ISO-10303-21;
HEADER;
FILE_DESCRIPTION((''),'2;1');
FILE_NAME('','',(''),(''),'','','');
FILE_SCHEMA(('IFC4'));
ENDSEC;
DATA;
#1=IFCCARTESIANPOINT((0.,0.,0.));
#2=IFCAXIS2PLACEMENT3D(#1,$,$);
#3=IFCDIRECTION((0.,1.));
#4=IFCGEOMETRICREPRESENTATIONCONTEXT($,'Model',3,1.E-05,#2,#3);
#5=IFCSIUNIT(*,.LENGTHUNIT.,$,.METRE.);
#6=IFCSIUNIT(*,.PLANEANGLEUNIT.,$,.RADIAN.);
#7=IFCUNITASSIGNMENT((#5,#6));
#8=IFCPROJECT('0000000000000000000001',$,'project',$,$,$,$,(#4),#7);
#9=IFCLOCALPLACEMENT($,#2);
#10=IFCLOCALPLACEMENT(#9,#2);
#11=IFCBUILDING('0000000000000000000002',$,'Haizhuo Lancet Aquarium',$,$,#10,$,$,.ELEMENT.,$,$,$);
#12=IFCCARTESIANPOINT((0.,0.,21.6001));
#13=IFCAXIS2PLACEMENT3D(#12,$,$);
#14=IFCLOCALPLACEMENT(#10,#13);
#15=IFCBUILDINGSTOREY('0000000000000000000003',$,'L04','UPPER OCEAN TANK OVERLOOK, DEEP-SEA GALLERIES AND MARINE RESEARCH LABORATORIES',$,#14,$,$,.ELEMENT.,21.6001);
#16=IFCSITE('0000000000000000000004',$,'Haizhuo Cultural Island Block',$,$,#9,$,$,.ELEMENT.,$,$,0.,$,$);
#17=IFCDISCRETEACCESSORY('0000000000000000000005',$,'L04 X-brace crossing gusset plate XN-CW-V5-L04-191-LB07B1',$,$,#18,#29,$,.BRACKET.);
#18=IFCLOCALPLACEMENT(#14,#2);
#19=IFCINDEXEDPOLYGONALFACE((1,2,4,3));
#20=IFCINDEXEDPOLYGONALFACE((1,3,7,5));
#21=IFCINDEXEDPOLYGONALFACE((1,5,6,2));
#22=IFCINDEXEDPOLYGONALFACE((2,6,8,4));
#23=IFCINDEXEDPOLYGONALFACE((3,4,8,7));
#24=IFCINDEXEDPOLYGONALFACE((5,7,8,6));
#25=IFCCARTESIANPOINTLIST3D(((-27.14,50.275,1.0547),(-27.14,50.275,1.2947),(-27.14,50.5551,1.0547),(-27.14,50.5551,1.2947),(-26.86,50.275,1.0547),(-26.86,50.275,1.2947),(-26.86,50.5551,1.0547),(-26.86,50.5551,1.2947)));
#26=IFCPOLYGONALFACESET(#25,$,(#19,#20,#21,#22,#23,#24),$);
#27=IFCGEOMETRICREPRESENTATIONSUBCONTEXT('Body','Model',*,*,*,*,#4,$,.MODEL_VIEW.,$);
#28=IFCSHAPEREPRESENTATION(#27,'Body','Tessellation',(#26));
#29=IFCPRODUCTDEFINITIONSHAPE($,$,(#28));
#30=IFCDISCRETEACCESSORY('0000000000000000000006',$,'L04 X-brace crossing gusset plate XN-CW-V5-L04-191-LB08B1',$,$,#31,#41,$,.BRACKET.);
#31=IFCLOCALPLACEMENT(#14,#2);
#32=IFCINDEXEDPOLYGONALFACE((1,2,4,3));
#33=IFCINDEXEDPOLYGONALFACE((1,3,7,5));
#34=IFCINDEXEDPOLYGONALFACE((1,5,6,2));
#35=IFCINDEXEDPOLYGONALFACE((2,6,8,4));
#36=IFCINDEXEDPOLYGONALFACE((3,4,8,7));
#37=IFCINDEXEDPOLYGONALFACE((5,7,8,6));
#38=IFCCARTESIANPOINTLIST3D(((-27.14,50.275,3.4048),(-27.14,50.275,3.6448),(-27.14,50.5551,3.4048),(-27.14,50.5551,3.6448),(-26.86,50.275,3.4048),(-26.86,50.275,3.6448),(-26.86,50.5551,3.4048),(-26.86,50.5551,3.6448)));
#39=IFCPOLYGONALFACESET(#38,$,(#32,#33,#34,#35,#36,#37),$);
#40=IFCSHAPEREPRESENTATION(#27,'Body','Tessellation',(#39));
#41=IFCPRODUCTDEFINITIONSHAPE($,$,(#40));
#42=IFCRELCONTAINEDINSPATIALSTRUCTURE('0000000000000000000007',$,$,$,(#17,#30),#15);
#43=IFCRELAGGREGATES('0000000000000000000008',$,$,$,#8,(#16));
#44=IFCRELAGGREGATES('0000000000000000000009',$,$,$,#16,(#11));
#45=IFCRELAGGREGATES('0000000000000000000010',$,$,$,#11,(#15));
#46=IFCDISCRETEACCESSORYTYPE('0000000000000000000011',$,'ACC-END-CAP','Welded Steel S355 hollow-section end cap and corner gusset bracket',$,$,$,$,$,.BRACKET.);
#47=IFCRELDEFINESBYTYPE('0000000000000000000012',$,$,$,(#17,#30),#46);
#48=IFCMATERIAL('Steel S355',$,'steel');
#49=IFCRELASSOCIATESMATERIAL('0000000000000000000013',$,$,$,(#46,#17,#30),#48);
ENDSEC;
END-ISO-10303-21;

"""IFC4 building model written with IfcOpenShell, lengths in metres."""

from ifc_helpers import new_model, si_unit, direction, frame, origin, origin_2d, place, context, subcontext, project, spatial, rectangle, extrude, material, type_object, element, save


model = new_model("IFC4")

# Units and contexts
model_context = context("Model", 3, precision=1e-05, world=origin(), true_north=direction((0.0, 1.0)))
body_context = subcontext(model_context, "Body", "Model", "MODEL_VIEW")
ifc_project = project(units=[si_unit("LENGTHUNIT", "METRE"), si_unit("PLANEANGLEUNIT", "RADIAN")], contexts=[model_context])

# Site, building, storey
site_placement = place(None, origin())
site = spatial("IfcSite", under=ifc_project, at=site_placement, Name="Haizhuo Cultural Island Block", CompositionType="ELEMENT", RefElevation=0.0)
building_placement = place(site_placement, origin())
building = spatial("IfcBuilding", under=site, at=building_placement, Name="Haizhuo Lancet Aquarium", CompositionType="ELEMENT")
storey_placement = place(building_placement, frame((0.0, 0.0, 21.6001)))
storey = spatial("IfcBuildingStorey", under=building, at=storey_placement, Name="L04", Description="UPPER OCEAN TANK OVERLOOK, DEEP-SEA GALLERIES AND MARINE RESEARCH LABORATORIES", CompositionType="ELEMENT", Elevation=21.6001)

# Shared definitions
ifc_material_1 = material(Name="Steel S355", Category="steel")

# Discrete accessories
discrete_accessory_type = type_object("IfcDiscreteAccessoryType", Name="ACC-END-CAP", Description="Welded Steel S355 hollow-section end cap and corner gusset bracket", PredefinedType="BRACKET", material=ifc_material_1)
for number, where, z_axis, x_axis, name in (
    (1, (-27.0, 50.415, 1.0547), (0.0, 0.0, 1.0), (1.0, 0.0, 0.0), "L04 X-brace crossing gusset plate XN-CW-V5-L04-191-LB07B1"),
    (2, (-27.0, 50.415, 3.4048), (0.0, 0.0, 1.0), (1.0, 0.0, 0.0), "L04 X-brace crossing gusset plate XN-CW-V5-L04-191-LB08B1"),
):
    element("IfcDiscreteAccessory", number, at=place(storey_placement, frame(where, z_axis=z_axis, x_axis=x_axis)), inside=storey, type_object=discrete_accessory_type, material=ifc_material_1, Name=name, PredefinedType="BRACKET", context=body_context, shape_type="SweptSolid", body=[
        extrude(rectangle(XDim=0.28, YDim=0.28, at=origin_2d()), origin(), (0.0, 0.0, 1.0), 0.24),
    ])

save(model, "model.ifc")
